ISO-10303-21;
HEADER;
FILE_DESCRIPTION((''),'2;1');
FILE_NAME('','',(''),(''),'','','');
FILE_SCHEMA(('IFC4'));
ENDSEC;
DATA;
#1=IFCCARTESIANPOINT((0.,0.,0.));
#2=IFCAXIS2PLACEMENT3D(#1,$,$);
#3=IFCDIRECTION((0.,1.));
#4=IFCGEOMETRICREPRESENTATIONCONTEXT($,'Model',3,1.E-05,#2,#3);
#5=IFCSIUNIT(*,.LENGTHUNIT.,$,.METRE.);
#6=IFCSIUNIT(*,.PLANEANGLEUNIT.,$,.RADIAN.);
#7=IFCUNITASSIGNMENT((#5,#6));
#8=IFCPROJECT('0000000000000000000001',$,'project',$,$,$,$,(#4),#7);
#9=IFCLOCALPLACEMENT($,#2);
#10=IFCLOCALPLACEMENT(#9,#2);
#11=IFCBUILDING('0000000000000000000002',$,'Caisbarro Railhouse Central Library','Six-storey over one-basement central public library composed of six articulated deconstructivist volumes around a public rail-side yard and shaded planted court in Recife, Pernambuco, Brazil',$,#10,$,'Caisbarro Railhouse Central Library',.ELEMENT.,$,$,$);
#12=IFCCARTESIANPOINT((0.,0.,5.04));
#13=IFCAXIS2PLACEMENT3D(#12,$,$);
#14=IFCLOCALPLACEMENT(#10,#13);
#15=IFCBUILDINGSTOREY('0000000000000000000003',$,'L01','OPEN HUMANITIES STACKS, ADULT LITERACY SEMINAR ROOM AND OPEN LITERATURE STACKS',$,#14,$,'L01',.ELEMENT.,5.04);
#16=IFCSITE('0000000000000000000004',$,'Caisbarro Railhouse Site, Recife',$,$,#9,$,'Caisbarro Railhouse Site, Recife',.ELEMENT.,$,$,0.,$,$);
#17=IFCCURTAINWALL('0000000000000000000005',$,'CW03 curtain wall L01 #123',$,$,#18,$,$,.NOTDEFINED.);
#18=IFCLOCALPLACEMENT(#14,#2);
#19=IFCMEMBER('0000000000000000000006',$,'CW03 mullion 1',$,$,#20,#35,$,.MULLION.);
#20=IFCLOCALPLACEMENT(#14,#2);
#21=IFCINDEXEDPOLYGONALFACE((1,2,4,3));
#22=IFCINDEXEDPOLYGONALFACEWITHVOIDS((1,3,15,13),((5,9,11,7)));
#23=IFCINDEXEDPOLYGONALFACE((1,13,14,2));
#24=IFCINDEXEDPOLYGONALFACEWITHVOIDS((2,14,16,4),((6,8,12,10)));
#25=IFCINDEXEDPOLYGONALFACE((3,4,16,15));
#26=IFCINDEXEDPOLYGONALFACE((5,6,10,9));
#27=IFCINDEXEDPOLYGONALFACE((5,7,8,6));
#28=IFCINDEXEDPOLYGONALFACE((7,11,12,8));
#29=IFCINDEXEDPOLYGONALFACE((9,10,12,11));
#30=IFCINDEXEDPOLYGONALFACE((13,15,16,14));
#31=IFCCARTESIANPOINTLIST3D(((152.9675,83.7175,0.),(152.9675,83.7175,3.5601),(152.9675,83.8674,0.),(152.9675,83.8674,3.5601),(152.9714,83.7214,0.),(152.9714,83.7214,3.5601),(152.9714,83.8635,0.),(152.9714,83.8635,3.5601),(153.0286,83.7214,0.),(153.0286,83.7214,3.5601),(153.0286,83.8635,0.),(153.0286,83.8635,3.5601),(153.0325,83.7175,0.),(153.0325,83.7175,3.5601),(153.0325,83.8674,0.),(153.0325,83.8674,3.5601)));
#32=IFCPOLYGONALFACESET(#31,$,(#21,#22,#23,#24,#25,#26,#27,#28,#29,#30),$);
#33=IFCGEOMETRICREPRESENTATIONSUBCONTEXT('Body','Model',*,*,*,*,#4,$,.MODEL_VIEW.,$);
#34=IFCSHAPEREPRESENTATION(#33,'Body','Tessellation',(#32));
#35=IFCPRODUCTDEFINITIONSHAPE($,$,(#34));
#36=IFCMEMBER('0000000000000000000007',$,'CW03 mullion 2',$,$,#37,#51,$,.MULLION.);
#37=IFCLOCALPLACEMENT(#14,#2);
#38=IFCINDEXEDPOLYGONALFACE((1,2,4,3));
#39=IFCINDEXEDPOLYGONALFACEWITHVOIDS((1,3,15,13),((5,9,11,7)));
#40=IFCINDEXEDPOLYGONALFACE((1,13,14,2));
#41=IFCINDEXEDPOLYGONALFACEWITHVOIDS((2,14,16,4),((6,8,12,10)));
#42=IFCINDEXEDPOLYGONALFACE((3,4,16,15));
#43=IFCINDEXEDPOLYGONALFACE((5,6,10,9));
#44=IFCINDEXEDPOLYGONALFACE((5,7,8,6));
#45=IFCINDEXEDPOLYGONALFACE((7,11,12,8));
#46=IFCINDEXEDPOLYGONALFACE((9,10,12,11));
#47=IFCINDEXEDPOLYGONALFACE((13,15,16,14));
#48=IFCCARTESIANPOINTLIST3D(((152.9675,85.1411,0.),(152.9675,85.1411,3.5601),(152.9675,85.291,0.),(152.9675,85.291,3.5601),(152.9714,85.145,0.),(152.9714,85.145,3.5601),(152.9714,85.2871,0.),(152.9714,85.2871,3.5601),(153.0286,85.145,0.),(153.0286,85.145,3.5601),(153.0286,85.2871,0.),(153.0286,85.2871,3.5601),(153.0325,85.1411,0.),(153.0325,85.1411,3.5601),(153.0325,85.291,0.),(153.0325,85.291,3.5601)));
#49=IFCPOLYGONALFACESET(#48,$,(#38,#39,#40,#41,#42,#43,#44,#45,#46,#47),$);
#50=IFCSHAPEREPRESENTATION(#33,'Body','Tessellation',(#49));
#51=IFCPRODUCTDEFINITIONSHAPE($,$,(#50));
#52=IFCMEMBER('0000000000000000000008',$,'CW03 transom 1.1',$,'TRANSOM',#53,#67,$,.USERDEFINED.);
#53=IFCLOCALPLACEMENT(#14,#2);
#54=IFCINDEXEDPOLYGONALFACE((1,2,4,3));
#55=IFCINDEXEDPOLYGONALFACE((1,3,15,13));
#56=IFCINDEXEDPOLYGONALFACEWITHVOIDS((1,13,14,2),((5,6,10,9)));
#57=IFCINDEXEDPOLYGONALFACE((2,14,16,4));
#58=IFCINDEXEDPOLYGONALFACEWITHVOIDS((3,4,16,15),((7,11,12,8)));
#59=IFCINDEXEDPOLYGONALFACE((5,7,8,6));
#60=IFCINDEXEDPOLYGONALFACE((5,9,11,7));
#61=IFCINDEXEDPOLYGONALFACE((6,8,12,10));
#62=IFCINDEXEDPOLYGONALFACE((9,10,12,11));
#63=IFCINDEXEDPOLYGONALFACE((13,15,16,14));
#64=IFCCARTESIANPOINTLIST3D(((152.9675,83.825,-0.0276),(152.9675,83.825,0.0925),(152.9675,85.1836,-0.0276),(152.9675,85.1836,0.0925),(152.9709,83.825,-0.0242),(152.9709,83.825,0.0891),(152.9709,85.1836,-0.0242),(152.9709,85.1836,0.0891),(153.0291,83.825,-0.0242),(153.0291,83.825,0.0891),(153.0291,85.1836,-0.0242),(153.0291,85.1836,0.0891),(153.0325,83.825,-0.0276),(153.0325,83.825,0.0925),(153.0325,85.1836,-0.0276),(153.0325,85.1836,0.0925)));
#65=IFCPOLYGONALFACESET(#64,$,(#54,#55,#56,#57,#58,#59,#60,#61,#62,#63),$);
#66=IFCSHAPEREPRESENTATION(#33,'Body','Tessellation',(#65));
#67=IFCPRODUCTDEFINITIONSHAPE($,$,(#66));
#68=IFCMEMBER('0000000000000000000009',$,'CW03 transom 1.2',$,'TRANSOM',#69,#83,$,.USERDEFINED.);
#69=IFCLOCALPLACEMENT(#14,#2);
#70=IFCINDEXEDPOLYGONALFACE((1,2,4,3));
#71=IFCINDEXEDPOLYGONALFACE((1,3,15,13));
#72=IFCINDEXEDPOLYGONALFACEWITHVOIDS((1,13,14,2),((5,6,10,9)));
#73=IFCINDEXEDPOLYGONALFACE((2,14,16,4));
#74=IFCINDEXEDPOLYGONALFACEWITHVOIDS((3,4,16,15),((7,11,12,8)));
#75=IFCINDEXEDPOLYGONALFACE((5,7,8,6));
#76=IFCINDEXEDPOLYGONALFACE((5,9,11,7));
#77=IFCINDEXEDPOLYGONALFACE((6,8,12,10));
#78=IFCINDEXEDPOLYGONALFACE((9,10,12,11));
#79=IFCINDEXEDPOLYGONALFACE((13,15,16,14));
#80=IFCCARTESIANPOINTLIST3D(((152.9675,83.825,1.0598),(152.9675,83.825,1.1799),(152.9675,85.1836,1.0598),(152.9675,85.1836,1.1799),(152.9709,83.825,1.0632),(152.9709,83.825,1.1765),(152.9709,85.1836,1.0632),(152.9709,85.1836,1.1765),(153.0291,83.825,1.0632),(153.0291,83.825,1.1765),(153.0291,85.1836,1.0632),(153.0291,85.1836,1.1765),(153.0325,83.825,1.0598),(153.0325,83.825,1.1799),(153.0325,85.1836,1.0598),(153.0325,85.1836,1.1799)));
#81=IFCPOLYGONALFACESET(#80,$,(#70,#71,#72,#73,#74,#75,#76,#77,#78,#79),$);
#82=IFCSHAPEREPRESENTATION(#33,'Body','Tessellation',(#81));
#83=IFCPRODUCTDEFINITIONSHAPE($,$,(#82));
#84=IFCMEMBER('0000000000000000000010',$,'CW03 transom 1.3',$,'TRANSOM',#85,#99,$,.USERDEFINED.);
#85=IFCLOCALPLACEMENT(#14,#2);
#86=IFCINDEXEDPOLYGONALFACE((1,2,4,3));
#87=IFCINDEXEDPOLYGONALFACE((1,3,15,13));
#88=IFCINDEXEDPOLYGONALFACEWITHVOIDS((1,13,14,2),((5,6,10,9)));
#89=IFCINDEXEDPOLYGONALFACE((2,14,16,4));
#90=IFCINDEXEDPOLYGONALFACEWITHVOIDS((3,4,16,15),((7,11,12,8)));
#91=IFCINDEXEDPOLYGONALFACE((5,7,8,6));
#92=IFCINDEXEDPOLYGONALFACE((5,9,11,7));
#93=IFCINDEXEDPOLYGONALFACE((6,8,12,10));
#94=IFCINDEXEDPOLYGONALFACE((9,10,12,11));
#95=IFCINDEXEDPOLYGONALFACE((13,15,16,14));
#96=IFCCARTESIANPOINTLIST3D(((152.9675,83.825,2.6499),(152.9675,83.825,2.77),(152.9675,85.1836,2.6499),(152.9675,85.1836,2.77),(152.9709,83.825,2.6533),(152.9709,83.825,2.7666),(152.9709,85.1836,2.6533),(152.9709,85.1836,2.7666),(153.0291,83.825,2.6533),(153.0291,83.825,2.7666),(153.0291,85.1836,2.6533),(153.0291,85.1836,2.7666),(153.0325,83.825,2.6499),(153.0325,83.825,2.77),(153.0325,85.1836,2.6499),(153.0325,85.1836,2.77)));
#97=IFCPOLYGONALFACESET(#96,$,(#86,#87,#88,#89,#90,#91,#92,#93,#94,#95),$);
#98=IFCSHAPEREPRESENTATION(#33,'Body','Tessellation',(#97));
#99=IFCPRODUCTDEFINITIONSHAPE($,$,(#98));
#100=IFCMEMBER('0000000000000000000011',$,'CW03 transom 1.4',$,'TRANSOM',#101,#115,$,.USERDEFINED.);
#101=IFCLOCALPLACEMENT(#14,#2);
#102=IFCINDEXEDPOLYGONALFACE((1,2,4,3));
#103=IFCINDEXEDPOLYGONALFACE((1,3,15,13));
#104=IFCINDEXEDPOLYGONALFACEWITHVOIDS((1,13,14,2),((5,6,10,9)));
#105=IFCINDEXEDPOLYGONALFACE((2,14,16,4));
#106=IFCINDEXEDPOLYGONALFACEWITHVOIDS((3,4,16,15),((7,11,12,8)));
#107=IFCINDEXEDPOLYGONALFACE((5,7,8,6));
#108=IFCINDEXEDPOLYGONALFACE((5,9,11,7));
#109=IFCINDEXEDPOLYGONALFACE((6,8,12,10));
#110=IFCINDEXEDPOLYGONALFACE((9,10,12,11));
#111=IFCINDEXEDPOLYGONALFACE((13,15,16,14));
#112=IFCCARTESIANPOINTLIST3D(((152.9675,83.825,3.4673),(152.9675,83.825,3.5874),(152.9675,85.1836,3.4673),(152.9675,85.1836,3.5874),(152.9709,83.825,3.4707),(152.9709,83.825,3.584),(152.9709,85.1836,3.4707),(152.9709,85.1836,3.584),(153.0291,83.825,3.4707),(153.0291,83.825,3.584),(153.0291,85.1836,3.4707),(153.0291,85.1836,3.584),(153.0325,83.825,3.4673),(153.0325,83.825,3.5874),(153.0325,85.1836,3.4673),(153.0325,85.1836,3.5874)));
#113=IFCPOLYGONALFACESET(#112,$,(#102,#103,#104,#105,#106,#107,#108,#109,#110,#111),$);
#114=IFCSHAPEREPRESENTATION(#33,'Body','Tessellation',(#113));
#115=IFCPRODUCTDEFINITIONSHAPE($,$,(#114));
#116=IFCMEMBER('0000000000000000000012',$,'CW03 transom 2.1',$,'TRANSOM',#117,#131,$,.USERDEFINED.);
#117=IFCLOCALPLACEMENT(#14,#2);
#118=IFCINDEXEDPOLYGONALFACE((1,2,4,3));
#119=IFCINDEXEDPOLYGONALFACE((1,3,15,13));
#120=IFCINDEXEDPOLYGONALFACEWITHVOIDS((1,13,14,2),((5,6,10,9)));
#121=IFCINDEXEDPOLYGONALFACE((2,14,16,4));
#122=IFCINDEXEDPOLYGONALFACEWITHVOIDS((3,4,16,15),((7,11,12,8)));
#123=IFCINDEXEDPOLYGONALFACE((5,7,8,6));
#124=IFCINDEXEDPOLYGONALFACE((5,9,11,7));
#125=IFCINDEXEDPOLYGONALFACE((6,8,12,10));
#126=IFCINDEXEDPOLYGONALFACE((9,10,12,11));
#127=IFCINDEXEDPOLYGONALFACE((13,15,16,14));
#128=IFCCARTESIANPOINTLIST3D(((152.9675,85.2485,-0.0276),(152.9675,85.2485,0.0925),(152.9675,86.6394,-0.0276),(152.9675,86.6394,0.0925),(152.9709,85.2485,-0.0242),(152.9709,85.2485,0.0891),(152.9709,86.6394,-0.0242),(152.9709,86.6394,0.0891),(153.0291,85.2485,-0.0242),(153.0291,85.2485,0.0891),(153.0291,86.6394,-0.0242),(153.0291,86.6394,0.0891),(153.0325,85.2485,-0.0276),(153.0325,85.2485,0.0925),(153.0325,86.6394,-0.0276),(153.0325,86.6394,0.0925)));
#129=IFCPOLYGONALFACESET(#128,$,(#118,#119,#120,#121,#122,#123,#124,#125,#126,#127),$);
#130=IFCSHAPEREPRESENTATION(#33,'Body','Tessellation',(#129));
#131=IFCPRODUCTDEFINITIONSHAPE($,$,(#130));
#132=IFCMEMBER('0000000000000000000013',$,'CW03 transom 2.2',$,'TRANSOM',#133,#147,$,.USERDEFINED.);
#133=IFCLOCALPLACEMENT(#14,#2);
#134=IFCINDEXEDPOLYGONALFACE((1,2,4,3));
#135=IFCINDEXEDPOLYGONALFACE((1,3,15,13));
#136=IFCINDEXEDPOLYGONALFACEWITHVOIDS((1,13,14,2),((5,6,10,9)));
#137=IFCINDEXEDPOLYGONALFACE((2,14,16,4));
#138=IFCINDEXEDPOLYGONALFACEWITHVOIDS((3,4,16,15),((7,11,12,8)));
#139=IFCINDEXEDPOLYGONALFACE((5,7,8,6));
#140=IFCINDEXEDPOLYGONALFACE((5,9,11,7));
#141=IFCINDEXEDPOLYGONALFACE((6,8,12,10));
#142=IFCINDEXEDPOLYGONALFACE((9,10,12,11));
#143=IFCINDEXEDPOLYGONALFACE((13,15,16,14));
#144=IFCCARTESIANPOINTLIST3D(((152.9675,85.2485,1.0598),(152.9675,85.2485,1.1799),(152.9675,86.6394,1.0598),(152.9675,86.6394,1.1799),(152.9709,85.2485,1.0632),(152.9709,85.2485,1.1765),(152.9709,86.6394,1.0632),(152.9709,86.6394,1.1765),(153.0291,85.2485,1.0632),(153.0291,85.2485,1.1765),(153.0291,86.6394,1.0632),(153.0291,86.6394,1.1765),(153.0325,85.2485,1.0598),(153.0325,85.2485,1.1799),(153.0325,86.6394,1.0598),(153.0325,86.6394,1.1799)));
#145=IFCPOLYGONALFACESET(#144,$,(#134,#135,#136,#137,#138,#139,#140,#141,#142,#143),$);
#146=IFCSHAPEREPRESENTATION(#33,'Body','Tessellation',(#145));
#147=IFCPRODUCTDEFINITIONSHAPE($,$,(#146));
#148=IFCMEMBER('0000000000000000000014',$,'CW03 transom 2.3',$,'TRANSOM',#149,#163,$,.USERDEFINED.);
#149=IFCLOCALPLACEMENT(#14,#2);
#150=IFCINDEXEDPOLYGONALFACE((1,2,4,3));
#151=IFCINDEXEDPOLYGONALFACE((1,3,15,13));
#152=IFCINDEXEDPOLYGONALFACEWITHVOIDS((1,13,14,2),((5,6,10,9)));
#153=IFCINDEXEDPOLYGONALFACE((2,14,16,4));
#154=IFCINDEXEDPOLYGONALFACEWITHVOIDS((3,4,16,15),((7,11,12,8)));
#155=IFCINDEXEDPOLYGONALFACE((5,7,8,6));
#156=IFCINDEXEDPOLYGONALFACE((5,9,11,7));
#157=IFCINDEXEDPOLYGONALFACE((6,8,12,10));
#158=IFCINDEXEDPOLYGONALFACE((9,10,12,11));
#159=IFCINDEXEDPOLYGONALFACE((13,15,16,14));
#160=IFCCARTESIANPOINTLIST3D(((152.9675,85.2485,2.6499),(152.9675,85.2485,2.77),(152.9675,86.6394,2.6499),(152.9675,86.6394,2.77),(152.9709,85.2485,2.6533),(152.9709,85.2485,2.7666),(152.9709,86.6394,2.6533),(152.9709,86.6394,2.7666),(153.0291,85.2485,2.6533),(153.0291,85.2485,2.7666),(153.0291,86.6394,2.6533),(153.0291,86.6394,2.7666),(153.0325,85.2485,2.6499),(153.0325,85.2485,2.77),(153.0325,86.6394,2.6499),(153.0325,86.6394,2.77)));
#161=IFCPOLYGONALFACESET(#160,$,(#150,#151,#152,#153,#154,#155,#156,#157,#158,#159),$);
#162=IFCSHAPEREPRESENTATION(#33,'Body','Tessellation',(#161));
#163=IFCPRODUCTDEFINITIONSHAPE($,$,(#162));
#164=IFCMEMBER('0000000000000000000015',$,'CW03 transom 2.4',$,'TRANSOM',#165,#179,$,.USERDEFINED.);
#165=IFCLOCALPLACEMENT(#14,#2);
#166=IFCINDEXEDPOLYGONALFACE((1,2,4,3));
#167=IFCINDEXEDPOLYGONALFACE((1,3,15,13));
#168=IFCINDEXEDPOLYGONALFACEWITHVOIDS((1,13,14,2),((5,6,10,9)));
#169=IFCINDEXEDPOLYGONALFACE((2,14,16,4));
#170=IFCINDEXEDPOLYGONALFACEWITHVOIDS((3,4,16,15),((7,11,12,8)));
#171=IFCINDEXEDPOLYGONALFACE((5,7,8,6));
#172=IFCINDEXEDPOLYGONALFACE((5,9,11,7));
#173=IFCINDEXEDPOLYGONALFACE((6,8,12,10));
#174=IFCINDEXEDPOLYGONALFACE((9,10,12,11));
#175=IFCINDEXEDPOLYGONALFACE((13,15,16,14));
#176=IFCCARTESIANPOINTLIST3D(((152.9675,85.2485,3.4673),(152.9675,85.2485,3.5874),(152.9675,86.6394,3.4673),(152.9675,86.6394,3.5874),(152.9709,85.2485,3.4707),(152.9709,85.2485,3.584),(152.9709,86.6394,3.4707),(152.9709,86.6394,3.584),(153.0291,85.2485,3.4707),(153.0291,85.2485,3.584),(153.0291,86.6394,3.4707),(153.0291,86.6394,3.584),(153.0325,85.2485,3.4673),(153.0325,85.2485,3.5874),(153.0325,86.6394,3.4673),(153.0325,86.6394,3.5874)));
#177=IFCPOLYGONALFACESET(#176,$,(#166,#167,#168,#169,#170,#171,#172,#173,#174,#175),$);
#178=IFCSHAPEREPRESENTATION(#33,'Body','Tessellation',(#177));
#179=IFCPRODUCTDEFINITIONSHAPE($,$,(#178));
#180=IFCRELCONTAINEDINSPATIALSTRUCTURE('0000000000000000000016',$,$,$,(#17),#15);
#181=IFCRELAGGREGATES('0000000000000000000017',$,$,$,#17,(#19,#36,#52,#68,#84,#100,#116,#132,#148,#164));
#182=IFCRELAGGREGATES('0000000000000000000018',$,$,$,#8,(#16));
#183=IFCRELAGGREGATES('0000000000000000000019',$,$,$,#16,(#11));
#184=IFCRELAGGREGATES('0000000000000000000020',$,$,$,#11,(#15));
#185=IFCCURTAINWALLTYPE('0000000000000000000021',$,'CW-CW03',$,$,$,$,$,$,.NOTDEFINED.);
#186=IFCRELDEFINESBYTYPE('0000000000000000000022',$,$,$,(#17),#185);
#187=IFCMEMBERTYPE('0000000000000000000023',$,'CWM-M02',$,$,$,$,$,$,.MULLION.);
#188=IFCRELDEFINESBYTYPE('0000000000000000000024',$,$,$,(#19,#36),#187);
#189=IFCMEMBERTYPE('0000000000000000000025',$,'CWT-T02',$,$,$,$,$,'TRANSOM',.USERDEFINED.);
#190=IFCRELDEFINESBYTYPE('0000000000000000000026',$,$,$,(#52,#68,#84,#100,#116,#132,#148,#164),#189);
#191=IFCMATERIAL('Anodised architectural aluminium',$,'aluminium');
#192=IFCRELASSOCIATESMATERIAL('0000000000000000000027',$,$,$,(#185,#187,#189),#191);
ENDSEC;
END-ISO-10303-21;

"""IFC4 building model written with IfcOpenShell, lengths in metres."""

from ifc_helpers import new_model, si_unit, direction, frame, origin, origin_2d, place, context, subcontext, project, spatial, hollow_rectangle, extrude, material, material_profile, profile_set, type_object, element, aggregate, save


model = new_model("IFC4")

# Units and contexts
model_context = context("Model", 3, precision=1e-05, world=origin(), true_north=direction((0.0, 1.0)))
body_context = subcontext(model_context, "Body", "Model", "MODEL_VIEW")
ifc_project = project(units=[si_unit("LENGTHUNIT", "METRE"), si_unit("PLANEANGLEUNIT", "RADIAN")], contexts=[model_context])

# Site, building, storey
site_placement = place(None, origin())
site = spatial("IfcSite", under=ifc_project, at=site_placement, Name="Caisbarro Railhouse Site, Recife", LongName="Caisbarro Railhouse Site, Recife", CompositionType="ELEMENT", RefElevation=0.0)
building_placement = place(site_placement, origin())
building = spatial("IfcBuilding", under=site, at=building_placement, Name="Caisbarro Railhouse Central Library", Description="Six-storey over one-basement central public library composed of six articulated deconstructivist volumes around a public rail-side yard and shaded planted court in Recife, Pernambuco, Brazil", LongName="Caisbarro Railhouse Central Library", CompositionType="ELEMENT")
storey_placement = place(building_placement, frame((0.0, 0.0, 5.04)))
storey = spatial("IfcBuildingStorey", under=building, at=storey_placement, Name="L01", Description="OPEN HUMANITIES STACKS, ADULT LITERACY SEMINAR ROOM AND OPEN LITERATURE STACKS", LongName="L01", CompositionType="ELEMENT", Elevation=5.04)

# Shared definitions
ifc_material_1 = material(Name="Anodised architectural aluminium", Category="aluminium")
curtain_wall_type = type_object("IfcCurtainWallType", Name="CW-CW03", PredefinedType="NOTDEFINED", material=ifc_material_1)
ifc_material_profile_1 = material_profile(ifc_material_1, hollow_rectangle(XDim=0.0649, YDim=0.1499, WallThickness=0.0039, at=origin_2d()), Name="ALU-MUL-65X150")
ifc_profile_set_1 = profile_set([ifc_material_profile_1], Name="Anodised architectural aluminium")
member_type_1 = type_object("IfcMemberType", Name="CWM-M02", PredefinedType="MULLION", material=ifc_profile_set_1)

# Curtain wall, members
curtain_wall_1_placement = place(storey_placement, origin())
curtain_wall_1 = element("IfcCurtainWall", 1, at=curtain_wall_1_placement, inside=storey, type_object=curtain_wall_type, Name="CW03 curtain wall L01 #123", PredefinedType="NOTDEFINED")
member_1_placement = place(storey_placement, frame((153.0, 83.7925, 0.0), z_axis=(0.0, 0.0, 1.0), x_axis=(-1.0, 0.0, 0.0)))
member_1 = element("IfcMember", 2, at=member_1_placement, type_object=member_type_1, Name="CW03 mullion 1", PredefinedType="MULLION", context=body_context, shape_type="SweptSolid", body=[
    extrude(hollow_rectangle(XDim=0.0649, YDim=0.1499, WallThickness=0.0039, at=origin_2d()), origin(), (0.0, 0.0, 1.0), 3.5601),
])
member_2_placement = place(storey_placement, frame((153.0, 85.2161, 0.0), z_axis=(0.0, 0.0, 1.0), x_axis=(-1.0, 0.0, 0.0)))
member_2 = element("IfcMember", 3, at=member_2_placement, type_object=member_type_1, Name="CW03 mullion 2", PredefinedType="MULLION", context=body_context, shape_type="SweptSolid", body=[
    extrude(hollow_rectangle(XDim=0.0649, YDim=0.1499, WallThickness=0.0039, at=origin_2d()), origin(), (0.0, 0.0, 1.0), 3.5601),
])
ifc_material_profile_2 = material_profile(ifc_material_1, hollow_rectangle(XDim=0.0649, YDim=0.1201, WallThickness=0.0034, at=origin_2d()), Name="ALU-TRN-65X120")
ifc_profile_set_2 = profile_set([ifc_material_profile_2], Name="Anodised architectural aluminium")
member_type_2 = type_object("IfcMemberType", Name="CWT-T02", ElementType="TRANSOM", PredefinedType="USERDEFINED", material=ifc_profile_set_2)
member_3_placement = place(storey_placement, frame((153.0, 83.825, 0.0325), z_axis=(0.0, 1.0, 0.0), x_axis=(-1.0, 0.0, 0.0)))
member_3 = element("IfcMember", 4, at=member_3_placement, type_object=member_type_2, Name="CW03 transom 1.1", ObjectType="TRANSOM", PredefinedType="USERDEFINED", context=body_context, shape_type="SweptSolid", body=[
    extrude(hollow_rectangle(XDim=0.0649, YDim=0.1201, WallThickness=0.0034, at=origin_2d()), origin(), (0.0, 0.0, 1.0), 1.3586),
])
member_4_placement = place(storey_placement, frame((153.0, 83.825, 1.1199), z_axis=(0.0, 1.0, 0.0), x_axis=(-1.0, 0.0, 0.0)))
member_4 = element("IfcMember", 5, at=member_4_placement, type_object=member_type_2, Name="CW03 transom 1.2", ObjectType="TRANSOM", PredefinedType="USERDEFINED", context=body_context, shape_type="SweptSolid", body=[
    extrude(hollow_rectangle(XDim=0.0649, YDim=0.1201, WallThickness=0.0034, at=origin_2d()), origin(), (0.0, 0.0, 1.0), 1.3586),
])
member_5_placement = place(storey_placement, frame((153.0, 83.825, 2.71), z_axis=(0.0, 1.0, 0.0), x_axis=(-1.0, 0.0, 0.0)))
member_5 = element("IfcMember", 6, at=member_5_placement, type_object=member_type_2, Name="CW03 transom 1.3", ObjectType="TRANSOM", PredefinedType="USERDEFINED", context=body_context, shape_type="SweptSolid", body=[
    extrude(hollow_rectangle(XDim=0.0649, YDim=0.1201, WallThickness=0.0034, at=origin_2d()), origin(), (0.0, 0.0, 1.0), 1.3586),
])
member_6_placement = place(storey_placement, frame((153.0, 83.825, 3.5273), z_axis=(0.0, 1.0, 0.0), x_axis=(-1.0, 0.0, 0.0)))
member_6 = element("IfcMember", 7, at=member_6_placement, type_object=member_type_2, Name="CW03 transom 1.4", ObjectType="TRANSOM", PredefinedType="USERDEFINED", context=body_context, shape_type="SweptSolid", body=[
    extrude(hollow_rectangle(XDim=0.0649, YDim=0.1201, WallThickness=0.0034, at=origin_2d()), origin(), (0.0, 0.0, 1.0), 1.3586),
])
member_7_placement = place(storey_placement, frame((153.0, 85.2485, 0.0325), z_axis=(0.0, 1.0, 0.0), x_axis=(-1.0, 0.0, 0.0)))
member_7 = element("IfcMember", 8, at=member_7_placement, type_object=member_type_2, Name="CW03 transom 2.1", ObjectType="TRANSOM", PredefinedType="USERDEFINED", context=body_context, shape_type="SweptSolid", body=[
    extrude(hollow_rectangle(XDim=0.0649, YDim=0.1201, WallThickness=0.0034, at=origin_2d()), origin(), (0.0, 0.0, 1.0), 1.3909),
])
member_8_placement = place(storey_placement, frame((153.0, 85.2485, 1.1199), z_axis=(0.0, 1.0, 0.0), x_axis=(-1.0, 0.0, 0.0)))
member_8 = element("IfcMember", 9, at=member_8_placement, type_object=member_type_2, Name="CW03 transom 2.2", ObjectType="TRANSOM", PredefinedType="USERDEFINED", context=body_context, shape_type="SweptSolid", body=[
    extrude(hollow_rectangle(XDim=0.0649, YDim=0.1201, WallThickness=0.0034, at=origin_2d()), origin(), (0.0, 0.0, 1.0), 1.3909),
])
member_9_placement = place(storey_placement, frame((153.0, 85.2485, 2.71), z_axis=(0.0, 1.0, 0.0), x_axis=(-1.0, 0.0, 0.0)))
member_9 = element("IfcMember", 10, at=member_9_placement, type_object=member_type_2, Name="CW03 transom 2.3", ObjectType="TRANSOM", PredefinedType="USERDEFINED", context=body_context, shape_type="SweptSolid", body=[
    extrude(hollow_rectangle(XDim=0.0649, YDim=0.1201, WallThickness=0.0034, at=origin_2d()), origin(), (0.0, 0.0, 1.0), 1.3909),
])
member_10_placement = place(storey_placement, frame((153.0, 85.2485, 3.5273), z_axis=(0.0, 1.0, 0.0), x_axis=(-1.0, 0.0, 0.0)))
member_10 = element("IfcMember", 11, at=member_10_placement, type_object=member_type_2, Name="CW03 transom 2.4", ObjectType="TRANSOM", PredefinedType="USERDEFINED", context=body_context, shape_type="SweptSolid", body=[
    extrude(hollow_rectangle(XDim=0.0649, YDim=0.1201, WallThickness=0.0034, at=origin_2d()), origin(), (0.0, 0.0, 1.0), 1.3909),
])

aggregate(curtain_wall_1, [member_1, member_2, member_3, member_4, member_5, member_6, member_7, member_8, member_9, member_10])

save(model, "model.ifc")
